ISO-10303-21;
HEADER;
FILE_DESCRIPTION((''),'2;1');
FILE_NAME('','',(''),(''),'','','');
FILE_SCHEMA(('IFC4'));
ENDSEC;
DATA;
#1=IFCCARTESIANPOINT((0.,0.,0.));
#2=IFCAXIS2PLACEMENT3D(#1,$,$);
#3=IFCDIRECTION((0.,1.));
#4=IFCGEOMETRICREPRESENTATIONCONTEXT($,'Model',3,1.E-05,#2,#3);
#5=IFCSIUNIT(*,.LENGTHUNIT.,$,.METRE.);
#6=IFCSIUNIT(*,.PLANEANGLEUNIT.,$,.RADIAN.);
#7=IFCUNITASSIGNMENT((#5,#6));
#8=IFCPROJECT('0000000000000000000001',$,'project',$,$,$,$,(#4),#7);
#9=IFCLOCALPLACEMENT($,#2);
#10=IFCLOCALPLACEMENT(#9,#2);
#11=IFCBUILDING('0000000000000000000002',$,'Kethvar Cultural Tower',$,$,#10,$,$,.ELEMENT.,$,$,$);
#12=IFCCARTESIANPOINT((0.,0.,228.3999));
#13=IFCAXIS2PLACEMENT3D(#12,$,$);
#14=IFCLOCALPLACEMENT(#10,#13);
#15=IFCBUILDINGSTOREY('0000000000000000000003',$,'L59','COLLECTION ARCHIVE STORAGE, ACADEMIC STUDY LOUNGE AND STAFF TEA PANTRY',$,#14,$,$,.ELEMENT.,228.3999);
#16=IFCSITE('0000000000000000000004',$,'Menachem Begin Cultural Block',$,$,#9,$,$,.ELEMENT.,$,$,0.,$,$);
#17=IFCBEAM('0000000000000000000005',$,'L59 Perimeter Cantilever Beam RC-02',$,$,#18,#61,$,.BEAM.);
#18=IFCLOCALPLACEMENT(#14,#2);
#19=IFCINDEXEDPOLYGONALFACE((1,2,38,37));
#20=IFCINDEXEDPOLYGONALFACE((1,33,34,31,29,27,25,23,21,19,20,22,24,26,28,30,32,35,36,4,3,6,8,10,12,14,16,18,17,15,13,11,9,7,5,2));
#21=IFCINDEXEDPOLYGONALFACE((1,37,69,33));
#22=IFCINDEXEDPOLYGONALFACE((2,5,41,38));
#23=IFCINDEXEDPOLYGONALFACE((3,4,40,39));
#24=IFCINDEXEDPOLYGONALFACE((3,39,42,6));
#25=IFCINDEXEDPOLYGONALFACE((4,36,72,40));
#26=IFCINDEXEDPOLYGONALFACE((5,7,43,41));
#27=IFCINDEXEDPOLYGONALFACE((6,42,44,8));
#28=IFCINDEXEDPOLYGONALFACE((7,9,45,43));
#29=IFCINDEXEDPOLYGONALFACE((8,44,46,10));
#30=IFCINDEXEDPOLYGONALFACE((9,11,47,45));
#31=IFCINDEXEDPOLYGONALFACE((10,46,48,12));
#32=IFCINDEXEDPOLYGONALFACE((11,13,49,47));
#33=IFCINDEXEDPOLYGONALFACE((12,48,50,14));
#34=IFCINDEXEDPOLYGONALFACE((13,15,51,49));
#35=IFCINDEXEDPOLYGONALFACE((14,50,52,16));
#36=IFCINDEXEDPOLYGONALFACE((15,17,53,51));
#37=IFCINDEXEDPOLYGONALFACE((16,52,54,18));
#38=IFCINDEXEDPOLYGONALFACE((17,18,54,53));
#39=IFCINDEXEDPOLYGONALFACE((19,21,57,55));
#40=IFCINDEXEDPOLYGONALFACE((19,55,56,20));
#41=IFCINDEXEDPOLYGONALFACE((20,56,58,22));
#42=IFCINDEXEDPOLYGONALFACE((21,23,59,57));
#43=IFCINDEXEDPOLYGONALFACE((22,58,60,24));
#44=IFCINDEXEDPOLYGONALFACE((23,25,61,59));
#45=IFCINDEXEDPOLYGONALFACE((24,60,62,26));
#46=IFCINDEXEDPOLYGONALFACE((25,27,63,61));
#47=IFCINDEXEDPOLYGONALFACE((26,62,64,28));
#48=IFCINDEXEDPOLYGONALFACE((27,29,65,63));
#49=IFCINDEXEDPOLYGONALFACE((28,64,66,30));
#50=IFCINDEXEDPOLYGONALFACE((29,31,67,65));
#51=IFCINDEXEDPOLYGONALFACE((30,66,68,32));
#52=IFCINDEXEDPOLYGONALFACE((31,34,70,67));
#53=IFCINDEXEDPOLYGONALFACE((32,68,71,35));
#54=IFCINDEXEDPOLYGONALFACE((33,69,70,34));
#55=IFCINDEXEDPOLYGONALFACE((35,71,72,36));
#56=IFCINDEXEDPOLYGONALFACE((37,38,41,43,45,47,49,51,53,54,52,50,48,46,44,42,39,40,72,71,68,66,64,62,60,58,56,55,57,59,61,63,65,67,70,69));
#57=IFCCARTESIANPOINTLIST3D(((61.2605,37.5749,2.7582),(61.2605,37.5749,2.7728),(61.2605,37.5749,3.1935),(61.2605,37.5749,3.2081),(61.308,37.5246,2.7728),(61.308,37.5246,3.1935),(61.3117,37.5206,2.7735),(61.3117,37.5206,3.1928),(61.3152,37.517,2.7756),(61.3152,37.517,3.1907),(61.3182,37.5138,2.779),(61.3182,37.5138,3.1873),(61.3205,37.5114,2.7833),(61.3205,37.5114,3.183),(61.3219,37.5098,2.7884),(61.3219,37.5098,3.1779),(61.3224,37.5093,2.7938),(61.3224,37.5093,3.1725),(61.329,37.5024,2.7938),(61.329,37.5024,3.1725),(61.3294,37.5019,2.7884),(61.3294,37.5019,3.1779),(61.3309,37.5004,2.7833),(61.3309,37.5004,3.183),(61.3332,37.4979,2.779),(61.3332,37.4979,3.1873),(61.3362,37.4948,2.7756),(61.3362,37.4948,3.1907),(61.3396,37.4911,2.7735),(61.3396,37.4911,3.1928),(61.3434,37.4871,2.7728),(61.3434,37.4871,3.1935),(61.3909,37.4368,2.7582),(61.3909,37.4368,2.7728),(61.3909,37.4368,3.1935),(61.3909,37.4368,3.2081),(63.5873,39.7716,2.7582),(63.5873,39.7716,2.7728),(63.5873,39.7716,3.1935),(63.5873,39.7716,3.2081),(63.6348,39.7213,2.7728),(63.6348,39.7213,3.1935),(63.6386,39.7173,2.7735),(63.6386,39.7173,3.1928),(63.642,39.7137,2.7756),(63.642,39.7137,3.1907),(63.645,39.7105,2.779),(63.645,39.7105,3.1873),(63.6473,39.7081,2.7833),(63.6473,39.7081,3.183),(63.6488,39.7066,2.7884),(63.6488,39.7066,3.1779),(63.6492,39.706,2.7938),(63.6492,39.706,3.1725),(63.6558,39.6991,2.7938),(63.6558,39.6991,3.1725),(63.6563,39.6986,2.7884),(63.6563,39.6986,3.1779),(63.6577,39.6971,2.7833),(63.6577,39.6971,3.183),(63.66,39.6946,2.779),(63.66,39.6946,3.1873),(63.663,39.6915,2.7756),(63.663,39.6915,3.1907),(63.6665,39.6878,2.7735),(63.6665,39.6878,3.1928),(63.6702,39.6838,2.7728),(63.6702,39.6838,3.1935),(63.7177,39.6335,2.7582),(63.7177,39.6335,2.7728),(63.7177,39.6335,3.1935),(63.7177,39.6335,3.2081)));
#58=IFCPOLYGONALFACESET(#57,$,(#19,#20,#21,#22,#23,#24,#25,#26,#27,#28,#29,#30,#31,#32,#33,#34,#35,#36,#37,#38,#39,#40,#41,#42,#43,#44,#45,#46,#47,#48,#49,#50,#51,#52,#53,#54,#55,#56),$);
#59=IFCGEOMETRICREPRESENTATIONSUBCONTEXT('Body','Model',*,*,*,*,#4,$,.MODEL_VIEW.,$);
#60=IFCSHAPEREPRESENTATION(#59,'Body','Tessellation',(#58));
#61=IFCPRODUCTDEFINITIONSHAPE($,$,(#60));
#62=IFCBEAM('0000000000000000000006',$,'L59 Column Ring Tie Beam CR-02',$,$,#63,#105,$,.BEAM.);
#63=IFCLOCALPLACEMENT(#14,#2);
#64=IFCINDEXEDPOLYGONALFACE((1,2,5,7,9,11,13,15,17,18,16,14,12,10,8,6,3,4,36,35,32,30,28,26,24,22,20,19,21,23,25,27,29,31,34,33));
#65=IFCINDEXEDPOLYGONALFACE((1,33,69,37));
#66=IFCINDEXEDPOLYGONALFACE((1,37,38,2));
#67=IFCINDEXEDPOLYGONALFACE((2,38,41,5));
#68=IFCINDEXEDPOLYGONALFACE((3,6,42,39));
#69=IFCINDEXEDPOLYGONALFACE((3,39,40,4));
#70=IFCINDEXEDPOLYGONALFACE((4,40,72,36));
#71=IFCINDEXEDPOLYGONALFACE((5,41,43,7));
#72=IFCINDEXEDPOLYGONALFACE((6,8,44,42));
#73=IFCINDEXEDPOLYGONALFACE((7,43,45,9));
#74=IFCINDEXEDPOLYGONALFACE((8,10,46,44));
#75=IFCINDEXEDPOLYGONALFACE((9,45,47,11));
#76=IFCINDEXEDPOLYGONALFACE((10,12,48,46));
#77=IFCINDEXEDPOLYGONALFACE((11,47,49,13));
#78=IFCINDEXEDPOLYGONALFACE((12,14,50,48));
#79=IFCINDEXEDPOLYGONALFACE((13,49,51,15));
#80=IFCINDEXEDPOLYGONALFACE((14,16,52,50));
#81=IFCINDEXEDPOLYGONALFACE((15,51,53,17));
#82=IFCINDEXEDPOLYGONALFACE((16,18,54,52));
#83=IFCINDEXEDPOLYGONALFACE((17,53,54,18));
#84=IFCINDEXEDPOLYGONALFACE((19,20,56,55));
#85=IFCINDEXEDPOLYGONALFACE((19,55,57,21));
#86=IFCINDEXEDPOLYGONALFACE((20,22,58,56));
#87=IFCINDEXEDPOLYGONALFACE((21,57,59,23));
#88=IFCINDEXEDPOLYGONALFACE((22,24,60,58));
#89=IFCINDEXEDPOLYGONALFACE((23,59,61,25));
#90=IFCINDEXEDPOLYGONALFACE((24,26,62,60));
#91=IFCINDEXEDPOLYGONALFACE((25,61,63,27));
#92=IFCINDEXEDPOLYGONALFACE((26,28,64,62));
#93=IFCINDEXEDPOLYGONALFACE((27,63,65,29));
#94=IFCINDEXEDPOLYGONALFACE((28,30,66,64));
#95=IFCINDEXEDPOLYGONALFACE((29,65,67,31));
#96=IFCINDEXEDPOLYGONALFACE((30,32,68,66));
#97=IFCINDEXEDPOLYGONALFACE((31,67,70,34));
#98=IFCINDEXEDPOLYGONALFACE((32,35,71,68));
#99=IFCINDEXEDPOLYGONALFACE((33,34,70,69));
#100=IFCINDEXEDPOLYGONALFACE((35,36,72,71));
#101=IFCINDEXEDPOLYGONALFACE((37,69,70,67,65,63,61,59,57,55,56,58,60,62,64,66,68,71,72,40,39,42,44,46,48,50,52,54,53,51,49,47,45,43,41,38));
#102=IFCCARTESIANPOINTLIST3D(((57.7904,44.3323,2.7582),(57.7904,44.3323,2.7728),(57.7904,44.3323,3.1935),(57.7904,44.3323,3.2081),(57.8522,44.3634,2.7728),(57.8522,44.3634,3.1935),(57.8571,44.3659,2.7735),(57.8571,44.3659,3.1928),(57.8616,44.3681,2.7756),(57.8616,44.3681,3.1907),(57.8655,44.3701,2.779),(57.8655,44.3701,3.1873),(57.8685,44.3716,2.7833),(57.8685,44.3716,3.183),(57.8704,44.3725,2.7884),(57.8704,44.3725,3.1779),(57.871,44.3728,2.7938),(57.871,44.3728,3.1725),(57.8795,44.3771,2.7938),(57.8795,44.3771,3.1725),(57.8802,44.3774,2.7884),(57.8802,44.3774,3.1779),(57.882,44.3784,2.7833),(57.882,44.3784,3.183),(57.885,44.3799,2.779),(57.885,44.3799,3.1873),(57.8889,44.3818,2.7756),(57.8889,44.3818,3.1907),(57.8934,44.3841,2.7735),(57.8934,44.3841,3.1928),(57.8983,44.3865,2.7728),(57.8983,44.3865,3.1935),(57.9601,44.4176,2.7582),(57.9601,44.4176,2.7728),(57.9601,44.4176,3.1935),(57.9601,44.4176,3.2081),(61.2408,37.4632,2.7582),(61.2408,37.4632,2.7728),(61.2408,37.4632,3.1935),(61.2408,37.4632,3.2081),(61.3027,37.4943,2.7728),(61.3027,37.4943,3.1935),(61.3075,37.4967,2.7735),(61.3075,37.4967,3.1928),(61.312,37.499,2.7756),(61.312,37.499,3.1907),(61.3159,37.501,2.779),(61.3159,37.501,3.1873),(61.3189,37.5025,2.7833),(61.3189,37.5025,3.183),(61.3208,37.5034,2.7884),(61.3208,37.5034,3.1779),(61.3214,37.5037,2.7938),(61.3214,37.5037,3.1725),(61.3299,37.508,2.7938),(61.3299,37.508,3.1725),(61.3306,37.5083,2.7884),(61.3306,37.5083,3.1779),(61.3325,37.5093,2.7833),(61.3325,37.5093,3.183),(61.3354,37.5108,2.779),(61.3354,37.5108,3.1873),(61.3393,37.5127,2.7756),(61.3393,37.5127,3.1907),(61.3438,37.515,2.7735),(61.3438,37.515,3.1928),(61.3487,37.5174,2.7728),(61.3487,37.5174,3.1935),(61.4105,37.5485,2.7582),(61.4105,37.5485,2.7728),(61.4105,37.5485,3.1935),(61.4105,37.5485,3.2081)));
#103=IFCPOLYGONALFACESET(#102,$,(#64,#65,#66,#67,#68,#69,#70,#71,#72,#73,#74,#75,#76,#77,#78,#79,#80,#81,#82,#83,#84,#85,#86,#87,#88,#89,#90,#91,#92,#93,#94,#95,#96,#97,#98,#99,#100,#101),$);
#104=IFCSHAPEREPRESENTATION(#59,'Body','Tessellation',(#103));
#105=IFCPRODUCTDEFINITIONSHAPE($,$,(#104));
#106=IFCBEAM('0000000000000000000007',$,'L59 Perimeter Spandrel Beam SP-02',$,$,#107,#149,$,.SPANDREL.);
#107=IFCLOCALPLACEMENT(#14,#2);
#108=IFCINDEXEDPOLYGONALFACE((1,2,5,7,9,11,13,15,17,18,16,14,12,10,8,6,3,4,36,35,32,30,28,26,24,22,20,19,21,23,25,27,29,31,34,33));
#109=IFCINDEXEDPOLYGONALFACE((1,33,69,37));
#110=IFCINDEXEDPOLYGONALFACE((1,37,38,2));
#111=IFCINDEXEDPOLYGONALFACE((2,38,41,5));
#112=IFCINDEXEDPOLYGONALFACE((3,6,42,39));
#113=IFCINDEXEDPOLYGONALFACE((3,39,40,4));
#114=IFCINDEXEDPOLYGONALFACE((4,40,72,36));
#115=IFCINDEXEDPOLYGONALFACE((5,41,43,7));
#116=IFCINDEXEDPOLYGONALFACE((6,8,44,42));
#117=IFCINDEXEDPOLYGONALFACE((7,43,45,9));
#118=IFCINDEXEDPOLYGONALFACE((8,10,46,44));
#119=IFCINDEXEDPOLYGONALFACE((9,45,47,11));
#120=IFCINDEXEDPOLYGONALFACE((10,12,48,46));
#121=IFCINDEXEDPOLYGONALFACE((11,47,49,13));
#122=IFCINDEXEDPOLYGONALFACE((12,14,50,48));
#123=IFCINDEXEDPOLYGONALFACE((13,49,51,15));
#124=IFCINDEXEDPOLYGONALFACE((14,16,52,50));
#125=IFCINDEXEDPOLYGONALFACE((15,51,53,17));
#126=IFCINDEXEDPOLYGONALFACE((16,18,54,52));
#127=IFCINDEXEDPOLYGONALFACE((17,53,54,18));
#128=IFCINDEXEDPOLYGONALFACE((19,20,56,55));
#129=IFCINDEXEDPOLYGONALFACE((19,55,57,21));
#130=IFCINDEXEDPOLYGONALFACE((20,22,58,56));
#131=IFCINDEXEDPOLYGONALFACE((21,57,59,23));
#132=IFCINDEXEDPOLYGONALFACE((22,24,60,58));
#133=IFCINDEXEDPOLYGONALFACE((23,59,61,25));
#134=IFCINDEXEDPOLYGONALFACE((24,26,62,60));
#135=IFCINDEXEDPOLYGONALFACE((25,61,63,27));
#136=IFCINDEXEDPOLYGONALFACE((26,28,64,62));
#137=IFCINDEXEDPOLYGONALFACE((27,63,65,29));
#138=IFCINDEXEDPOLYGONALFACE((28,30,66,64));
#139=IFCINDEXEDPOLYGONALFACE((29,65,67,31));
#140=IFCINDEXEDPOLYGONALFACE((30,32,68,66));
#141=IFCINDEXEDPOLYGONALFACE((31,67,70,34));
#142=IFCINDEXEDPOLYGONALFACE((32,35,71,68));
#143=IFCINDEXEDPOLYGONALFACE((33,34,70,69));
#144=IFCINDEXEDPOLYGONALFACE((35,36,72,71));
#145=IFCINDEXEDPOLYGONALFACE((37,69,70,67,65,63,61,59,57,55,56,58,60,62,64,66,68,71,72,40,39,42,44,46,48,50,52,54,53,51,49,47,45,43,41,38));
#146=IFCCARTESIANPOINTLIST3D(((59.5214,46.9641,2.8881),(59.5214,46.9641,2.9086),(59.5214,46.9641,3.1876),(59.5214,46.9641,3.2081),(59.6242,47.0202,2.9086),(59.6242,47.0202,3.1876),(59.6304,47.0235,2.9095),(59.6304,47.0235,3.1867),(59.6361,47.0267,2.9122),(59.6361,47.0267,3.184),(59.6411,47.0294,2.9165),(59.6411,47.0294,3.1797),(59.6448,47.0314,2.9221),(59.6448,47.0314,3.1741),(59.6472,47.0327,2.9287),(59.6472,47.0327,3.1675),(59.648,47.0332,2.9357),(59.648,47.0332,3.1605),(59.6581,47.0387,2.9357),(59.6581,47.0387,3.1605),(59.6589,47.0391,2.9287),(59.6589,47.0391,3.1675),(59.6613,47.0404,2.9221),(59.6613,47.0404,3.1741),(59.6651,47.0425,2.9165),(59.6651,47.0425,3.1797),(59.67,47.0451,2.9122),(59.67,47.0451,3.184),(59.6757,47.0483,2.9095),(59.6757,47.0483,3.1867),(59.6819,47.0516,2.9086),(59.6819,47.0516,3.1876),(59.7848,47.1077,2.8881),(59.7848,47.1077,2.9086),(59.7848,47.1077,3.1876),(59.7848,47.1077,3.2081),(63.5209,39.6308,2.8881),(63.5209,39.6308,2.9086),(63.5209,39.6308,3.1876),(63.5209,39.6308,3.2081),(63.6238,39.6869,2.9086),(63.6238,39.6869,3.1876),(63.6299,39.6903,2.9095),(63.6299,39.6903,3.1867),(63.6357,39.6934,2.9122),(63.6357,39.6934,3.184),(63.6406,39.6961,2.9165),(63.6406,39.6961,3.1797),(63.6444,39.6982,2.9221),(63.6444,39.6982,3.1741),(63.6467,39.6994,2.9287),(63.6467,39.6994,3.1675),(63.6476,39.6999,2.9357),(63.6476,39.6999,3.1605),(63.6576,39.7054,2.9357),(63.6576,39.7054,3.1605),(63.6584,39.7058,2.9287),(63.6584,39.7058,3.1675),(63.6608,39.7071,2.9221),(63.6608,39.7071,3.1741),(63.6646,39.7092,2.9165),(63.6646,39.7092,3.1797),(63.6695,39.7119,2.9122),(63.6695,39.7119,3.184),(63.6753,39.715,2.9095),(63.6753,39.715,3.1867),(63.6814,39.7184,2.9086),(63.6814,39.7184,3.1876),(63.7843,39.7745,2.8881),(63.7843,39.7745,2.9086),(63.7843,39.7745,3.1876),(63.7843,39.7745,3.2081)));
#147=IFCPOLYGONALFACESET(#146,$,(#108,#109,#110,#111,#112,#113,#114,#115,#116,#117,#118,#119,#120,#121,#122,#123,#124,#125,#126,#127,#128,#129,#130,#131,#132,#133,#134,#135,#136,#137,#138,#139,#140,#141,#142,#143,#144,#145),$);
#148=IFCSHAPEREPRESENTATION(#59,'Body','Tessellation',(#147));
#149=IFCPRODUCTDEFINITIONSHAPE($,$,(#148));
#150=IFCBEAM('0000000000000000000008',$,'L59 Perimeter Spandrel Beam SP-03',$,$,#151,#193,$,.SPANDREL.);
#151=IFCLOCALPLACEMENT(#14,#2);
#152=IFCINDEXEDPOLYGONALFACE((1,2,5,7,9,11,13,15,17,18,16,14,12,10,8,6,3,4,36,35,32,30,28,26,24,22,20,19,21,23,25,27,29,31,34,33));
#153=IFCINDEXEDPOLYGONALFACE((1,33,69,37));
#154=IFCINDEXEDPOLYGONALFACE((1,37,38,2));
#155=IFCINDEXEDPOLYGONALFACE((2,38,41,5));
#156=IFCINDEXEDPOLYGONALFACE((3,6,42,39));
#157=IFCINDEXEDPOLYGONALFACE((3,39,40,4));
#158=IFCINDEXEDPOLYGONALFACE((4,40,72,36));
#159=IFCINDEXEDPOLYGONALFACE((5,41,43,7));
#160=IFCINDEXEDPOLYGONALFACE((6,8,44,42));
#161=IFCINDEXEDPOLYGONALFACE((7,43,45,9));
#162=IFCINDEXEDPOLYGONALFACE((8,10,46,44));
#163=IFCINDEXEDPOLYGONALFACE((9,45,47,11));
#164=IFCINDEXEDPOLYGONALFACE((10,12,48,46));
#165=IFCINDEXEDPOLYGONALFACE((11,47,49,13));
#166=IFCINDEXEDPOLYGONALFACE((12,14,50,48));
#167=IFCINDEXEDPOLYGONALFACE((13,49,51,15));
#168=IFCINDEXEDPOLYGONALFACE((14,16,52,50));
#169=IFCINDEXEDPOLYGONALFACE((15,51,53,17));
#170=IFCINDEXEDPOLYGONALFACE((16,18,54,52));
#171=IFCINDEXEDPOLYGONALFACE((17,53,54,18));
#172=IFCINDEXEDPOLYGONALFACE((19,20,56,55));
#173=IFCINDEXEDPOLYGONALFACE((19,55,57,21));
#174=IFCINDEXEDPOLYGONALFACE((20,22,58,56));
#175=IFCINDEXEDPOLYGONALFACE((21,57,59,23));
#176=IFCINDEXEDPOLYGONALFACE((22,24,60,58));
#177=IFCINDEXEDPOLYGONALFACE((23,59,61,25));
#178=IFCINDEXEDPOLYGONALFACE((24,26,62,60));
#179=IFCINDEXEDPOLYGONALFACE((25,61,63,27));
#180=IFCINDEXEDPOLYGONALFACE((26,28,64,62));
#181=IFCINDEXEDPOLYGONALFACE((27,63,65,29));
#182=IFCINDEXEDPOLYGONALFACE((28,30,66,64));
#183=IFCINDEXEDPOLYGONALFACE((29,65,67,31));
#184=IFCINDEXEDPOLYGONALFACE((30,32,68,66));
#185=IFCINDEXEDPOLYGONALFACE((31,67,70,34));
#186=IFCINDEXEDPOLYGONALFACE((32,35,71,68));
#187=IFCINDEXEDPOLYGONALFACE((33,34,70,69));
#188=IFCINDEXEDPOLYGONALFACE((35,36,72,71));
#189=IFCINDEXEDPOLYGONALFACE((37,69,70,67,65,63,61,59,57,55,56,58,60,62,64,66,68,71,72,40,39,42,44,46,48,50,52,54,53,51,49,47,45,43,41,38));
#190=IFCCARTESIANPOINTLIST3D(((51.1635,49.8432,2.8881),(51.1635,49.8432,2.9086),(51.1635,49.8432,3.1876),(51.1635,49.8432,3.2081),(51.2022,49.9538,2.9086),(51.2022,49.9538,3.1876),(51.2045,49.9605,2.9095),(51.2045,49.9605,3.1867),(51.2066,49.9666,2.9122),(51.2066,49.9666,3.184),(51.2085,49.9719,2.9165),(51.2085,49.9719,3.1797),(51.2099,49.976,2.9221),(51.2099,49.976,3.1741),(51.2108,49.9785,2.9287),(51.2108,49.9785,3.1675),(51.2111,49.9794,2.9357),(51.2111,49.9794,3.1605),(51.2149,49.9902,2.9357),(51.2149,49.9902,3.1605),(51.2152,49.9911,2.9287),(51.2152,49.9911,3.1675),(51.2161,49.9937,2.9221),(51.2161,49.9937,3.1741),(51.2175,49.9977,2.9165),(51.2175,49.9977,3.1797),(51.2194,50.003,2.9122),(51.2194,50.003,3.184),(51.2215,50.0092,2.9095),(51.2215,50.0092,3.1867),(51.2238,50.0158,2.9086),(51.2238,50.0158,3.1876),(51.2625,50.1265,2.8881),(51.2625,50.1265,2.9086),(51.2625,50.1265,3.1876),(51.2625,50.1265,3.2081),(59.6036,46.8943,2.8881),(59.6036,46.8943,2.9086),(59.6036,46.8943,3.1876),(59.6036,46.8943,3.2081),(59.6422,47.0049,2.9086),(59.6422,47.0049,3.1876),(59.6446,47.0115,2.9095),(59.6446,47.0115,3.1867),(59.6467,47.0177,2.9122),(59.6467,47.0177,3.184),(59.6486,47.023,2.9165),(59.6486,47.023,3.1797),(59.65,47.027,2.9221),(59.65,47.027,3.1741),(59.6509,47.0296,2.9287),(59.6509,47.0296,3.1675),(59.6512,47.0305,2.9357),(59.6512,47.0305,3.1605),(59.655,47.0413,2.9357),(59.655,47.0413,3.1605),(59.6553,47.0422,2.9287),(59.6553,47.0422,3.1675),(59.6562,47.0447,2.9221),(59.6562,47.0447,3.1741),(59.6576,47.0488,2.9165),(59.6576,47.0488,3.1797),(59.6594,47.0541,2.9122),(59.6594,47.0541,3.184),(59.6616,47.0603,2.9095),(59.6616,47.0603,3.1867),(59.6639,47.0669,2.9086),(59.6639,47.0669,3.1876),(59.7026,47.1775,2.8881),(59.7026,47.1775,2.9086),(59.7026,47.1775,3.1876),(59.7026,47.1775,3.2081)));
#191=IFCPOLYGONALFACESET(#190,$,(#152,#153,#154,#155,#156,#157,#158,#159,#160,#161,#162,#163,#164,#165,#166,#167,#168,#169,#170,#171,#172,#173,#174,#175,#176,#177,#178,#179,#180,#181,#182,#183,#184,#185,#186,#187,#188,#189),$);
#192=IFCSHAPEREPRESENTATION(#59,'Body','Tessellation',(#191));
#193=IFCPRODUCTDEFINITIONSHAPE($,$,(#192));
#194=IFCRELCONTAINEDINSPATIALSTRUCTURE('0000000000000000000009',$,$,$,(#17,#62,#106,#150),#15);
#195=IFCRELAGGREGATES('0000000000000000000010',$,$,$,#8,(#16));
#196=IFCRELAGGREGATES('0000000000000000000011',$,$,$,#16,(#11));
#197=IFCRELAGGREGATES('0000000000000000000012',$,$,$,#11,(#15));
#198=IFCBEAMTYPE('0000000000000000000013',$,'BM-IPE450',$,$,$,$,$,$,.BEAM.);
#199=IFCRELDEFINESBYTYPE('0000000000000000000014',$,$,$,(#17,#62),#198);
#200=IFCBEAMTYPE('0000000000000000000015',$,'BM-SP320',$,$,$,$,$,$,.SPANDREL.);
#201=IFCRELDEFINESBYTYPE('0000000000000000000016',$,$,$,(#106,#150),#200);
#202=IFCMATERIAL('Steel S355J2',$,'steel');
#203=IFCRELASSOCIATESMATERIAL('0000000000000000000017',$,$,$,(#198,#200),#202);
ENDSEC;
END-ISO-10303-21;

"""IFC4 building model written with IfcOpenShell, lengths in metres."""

from ifc_helpers import new_model, si_unit, direction, frame, origin, origin_2d, place, context, subcontext, project, spatial, i_section, extrude, source, transform, mapped, material, material_profile, profile_set, type_object, element, save


model = new_model("IFC4")

# Units and contexts
model_context = context("Model", 3, precision=1e-05, world=origin(), true_north=direction((0.0, 1.0)))
body_context = subcontext(model_context, "Body", "Model", "MODEL_VIEW")
ifc_project = project(units=[si_unit("LENGTHUNIT", "METRE"), si_unit("PLANEANGLEUNIT", "RADIAN")], contexts=[model_context])

# Site, building, storey
site_placement = place(None, origin())
site = spatial("IfcSite", under=ifc_project, at=site_placement, Name="Menachem Begin Cultural Block", CompositionType="ELEMENT", RefElevation=0.0)
building_placement = place(site_placement, origin())
building = spatial("IfcBuilding", under=site, at=building_placement, Name="Kethvar Cultural Tower", CompositionType="ELEMENT")
storey_placement = place(building_placement, frame((0.0, 0.0, 228.3999)))
storey = spatial("IfcBuildingStorey", under=building, at=storey_placement, Name="L59", Description="COLLECTION ARCHIVE STORAGE, ACADEMIC STUDY LOUNGE AND STAFF TEA PANTRY", CompositionType="ELEMENT", Elevation=228.3999)

# Beams
ifc_material_1 = material(Name="Steel S355J2", Category="steel")
ifc_material_profile_1 = material_profile(ifc_material_1, i_section(OverallWidth=0.1899, OverallDepth=0.45, WebThickness=0.0095, FlangeThickness=0.0146, FilletRadius=0.021, at=origin_2d()), Name="Steel S355J2 — IPE450")
ifc_profile_set_1 = profile_set([ifc_material_profile_1], Name="Steel S355J2 — IPE450")
beam_type_1 = type_object("IfcBeamType", Name="BM-IPE450", PredefinedType="BEAM", material=ifc_profile_set_1)
shared_shape_1 = source(origin(), body_context, "Body", "SweptSolid", [
    extrude(i_section(OverallWidth=0.1899, OverallDepth=0.45, WebThickness=0.0095, FlangeThickness=0.0146, FilletRadius=0.021, at=origin_2d()), origin(), (0.0, 0.0, 1.0), 3.2),
])
beam_1_placement = place(storey_placement, frame((61.3257, 37.5059, 2.9832), z_axis=(0.727146, 0.686482, 0.0), x_axis=(-0.686482, 0.727146, 0.0)))
element("IfcBeam", 1, at=beam_1_placement, inside=storey, type_object=beam_type_1, Name="L59 Perimeter Cantilever Beam RC-02", PredefinedType="BEAM", context=body_context, shape_type="MappedRepresentation", body=[
    mapped(shared_shape_1, transform((0.0, 0.0, 0.0), scale=1.0)),
])
shared_shape_2 = source(origin(), body_context, "Body", "SweptSolid", [
    extrude(i_section(OverallWidth=0.1899, OverallDepth=0.45, WebThickness=0.0095, FlangeThickness=0.0146, FilletRadius=0.021, at=origin_2d()), origin(), (0.0, 0.0, 1.0), 7.687),
])
beam_2_placement = place(storey_placement, frame((61.3257, 37.5059, 2.9832), z_axis=(-0.448864, 0.8936, 0.0), x_axis=(-0.8936, -0.448864, 0.0)))
element("IfcBeam", 2, at=beam_2_placement, inside=storey, type_object=beam_type_1, Name="L59 Column Ring Tie Beam CR-02", PredefinedType="BEAM", context=body_context, shape_type="MappedRepresentation", body=[
    mapped(shared_shape_2, transform((0.0, 0.0, 0.0), scale=1.0)),
])
ifc_material_profile_2 = material_profile(ifc_material_1, i_section(OverallWidth=0.3, OverallDepth=0.3201, WebThickness=0.0115, FlangeThickness=0.0205, FilletRadius=0.0271, at=origin_2d()), Name="Steel S355J2 — HEB320")
ifc_profile_set_2 = profile_set([ifc_material_profile_2], Name="Steel S355J2 — HEB320")
beam_type_2 = type_object("IfcBeamType", Name="BM-SP320", PredefinedType="SPANDREL", material=ifc_profile_set_2)
shared_shape_3 = source(origin(), body_context, "Body", "SweptSolid", [
    extrude(i_section(OverallWidth=0.3, OverallDepth=0.3201, WebThickness=0.0115, FlangeThickness=0.0205, FilletRadius=0.0271, at=origin_2d()), origin(), (0.0, 0.0, 1.0), 8.353),
])
beam_3_placement = place(storey_placement, frame((63.6526, 39.7026, 3.0481), z_axis=(-0.478811, 0.877918, 0.0), x_axis=(-0.877918, -0.478811, 0.0)))
element("IfcBeam", 3, at=beam_3_placement, inside=storey, type_object=beam_type_2, Name="L59 Perimeter Spandrel Beam SP-02", PredefinedType="SPANDREL", context=body_context, shape_type="MappedRepresentation", body=[
    mapped(shared_shape_3, transform((0.0, 0.0, 0.0), scale=1.0)),
])
shared_shape_4 = source(origin(), body_context, "Body", "SweptSolid", [
    extrude(i_section(OverallWidth=0.3, OverallDepth=0.3201, WebThickness=0.0115, FlangeThickness=0.0205, FilletRadius=0.0271, at=origin_2d()), origin(), (0.0, 0.0, 1.0), 8.9404),
])
beam_4_placement = place(storey_placement, frame((59.6531, 47.0359, 3.0481), z_axis=(-0.944036, 0.329843, 0.0), x_axis=(-0.329843, -0.944036, 0.0)))
element("IfcBeam", 4, at=beam_4_placement, inside=storey, type_object=beam_type_2, Name="L59 Perimeter Spandrel Beam SP-03", PredefinedType="SPANDREL", context=body_context, shape_type="MappedRepresentation", body=[
    mapped(shared_shape_4, transform((0.0, 0.0, 0.0), scale=1.0)),
])

save(model, "model.ifc")
